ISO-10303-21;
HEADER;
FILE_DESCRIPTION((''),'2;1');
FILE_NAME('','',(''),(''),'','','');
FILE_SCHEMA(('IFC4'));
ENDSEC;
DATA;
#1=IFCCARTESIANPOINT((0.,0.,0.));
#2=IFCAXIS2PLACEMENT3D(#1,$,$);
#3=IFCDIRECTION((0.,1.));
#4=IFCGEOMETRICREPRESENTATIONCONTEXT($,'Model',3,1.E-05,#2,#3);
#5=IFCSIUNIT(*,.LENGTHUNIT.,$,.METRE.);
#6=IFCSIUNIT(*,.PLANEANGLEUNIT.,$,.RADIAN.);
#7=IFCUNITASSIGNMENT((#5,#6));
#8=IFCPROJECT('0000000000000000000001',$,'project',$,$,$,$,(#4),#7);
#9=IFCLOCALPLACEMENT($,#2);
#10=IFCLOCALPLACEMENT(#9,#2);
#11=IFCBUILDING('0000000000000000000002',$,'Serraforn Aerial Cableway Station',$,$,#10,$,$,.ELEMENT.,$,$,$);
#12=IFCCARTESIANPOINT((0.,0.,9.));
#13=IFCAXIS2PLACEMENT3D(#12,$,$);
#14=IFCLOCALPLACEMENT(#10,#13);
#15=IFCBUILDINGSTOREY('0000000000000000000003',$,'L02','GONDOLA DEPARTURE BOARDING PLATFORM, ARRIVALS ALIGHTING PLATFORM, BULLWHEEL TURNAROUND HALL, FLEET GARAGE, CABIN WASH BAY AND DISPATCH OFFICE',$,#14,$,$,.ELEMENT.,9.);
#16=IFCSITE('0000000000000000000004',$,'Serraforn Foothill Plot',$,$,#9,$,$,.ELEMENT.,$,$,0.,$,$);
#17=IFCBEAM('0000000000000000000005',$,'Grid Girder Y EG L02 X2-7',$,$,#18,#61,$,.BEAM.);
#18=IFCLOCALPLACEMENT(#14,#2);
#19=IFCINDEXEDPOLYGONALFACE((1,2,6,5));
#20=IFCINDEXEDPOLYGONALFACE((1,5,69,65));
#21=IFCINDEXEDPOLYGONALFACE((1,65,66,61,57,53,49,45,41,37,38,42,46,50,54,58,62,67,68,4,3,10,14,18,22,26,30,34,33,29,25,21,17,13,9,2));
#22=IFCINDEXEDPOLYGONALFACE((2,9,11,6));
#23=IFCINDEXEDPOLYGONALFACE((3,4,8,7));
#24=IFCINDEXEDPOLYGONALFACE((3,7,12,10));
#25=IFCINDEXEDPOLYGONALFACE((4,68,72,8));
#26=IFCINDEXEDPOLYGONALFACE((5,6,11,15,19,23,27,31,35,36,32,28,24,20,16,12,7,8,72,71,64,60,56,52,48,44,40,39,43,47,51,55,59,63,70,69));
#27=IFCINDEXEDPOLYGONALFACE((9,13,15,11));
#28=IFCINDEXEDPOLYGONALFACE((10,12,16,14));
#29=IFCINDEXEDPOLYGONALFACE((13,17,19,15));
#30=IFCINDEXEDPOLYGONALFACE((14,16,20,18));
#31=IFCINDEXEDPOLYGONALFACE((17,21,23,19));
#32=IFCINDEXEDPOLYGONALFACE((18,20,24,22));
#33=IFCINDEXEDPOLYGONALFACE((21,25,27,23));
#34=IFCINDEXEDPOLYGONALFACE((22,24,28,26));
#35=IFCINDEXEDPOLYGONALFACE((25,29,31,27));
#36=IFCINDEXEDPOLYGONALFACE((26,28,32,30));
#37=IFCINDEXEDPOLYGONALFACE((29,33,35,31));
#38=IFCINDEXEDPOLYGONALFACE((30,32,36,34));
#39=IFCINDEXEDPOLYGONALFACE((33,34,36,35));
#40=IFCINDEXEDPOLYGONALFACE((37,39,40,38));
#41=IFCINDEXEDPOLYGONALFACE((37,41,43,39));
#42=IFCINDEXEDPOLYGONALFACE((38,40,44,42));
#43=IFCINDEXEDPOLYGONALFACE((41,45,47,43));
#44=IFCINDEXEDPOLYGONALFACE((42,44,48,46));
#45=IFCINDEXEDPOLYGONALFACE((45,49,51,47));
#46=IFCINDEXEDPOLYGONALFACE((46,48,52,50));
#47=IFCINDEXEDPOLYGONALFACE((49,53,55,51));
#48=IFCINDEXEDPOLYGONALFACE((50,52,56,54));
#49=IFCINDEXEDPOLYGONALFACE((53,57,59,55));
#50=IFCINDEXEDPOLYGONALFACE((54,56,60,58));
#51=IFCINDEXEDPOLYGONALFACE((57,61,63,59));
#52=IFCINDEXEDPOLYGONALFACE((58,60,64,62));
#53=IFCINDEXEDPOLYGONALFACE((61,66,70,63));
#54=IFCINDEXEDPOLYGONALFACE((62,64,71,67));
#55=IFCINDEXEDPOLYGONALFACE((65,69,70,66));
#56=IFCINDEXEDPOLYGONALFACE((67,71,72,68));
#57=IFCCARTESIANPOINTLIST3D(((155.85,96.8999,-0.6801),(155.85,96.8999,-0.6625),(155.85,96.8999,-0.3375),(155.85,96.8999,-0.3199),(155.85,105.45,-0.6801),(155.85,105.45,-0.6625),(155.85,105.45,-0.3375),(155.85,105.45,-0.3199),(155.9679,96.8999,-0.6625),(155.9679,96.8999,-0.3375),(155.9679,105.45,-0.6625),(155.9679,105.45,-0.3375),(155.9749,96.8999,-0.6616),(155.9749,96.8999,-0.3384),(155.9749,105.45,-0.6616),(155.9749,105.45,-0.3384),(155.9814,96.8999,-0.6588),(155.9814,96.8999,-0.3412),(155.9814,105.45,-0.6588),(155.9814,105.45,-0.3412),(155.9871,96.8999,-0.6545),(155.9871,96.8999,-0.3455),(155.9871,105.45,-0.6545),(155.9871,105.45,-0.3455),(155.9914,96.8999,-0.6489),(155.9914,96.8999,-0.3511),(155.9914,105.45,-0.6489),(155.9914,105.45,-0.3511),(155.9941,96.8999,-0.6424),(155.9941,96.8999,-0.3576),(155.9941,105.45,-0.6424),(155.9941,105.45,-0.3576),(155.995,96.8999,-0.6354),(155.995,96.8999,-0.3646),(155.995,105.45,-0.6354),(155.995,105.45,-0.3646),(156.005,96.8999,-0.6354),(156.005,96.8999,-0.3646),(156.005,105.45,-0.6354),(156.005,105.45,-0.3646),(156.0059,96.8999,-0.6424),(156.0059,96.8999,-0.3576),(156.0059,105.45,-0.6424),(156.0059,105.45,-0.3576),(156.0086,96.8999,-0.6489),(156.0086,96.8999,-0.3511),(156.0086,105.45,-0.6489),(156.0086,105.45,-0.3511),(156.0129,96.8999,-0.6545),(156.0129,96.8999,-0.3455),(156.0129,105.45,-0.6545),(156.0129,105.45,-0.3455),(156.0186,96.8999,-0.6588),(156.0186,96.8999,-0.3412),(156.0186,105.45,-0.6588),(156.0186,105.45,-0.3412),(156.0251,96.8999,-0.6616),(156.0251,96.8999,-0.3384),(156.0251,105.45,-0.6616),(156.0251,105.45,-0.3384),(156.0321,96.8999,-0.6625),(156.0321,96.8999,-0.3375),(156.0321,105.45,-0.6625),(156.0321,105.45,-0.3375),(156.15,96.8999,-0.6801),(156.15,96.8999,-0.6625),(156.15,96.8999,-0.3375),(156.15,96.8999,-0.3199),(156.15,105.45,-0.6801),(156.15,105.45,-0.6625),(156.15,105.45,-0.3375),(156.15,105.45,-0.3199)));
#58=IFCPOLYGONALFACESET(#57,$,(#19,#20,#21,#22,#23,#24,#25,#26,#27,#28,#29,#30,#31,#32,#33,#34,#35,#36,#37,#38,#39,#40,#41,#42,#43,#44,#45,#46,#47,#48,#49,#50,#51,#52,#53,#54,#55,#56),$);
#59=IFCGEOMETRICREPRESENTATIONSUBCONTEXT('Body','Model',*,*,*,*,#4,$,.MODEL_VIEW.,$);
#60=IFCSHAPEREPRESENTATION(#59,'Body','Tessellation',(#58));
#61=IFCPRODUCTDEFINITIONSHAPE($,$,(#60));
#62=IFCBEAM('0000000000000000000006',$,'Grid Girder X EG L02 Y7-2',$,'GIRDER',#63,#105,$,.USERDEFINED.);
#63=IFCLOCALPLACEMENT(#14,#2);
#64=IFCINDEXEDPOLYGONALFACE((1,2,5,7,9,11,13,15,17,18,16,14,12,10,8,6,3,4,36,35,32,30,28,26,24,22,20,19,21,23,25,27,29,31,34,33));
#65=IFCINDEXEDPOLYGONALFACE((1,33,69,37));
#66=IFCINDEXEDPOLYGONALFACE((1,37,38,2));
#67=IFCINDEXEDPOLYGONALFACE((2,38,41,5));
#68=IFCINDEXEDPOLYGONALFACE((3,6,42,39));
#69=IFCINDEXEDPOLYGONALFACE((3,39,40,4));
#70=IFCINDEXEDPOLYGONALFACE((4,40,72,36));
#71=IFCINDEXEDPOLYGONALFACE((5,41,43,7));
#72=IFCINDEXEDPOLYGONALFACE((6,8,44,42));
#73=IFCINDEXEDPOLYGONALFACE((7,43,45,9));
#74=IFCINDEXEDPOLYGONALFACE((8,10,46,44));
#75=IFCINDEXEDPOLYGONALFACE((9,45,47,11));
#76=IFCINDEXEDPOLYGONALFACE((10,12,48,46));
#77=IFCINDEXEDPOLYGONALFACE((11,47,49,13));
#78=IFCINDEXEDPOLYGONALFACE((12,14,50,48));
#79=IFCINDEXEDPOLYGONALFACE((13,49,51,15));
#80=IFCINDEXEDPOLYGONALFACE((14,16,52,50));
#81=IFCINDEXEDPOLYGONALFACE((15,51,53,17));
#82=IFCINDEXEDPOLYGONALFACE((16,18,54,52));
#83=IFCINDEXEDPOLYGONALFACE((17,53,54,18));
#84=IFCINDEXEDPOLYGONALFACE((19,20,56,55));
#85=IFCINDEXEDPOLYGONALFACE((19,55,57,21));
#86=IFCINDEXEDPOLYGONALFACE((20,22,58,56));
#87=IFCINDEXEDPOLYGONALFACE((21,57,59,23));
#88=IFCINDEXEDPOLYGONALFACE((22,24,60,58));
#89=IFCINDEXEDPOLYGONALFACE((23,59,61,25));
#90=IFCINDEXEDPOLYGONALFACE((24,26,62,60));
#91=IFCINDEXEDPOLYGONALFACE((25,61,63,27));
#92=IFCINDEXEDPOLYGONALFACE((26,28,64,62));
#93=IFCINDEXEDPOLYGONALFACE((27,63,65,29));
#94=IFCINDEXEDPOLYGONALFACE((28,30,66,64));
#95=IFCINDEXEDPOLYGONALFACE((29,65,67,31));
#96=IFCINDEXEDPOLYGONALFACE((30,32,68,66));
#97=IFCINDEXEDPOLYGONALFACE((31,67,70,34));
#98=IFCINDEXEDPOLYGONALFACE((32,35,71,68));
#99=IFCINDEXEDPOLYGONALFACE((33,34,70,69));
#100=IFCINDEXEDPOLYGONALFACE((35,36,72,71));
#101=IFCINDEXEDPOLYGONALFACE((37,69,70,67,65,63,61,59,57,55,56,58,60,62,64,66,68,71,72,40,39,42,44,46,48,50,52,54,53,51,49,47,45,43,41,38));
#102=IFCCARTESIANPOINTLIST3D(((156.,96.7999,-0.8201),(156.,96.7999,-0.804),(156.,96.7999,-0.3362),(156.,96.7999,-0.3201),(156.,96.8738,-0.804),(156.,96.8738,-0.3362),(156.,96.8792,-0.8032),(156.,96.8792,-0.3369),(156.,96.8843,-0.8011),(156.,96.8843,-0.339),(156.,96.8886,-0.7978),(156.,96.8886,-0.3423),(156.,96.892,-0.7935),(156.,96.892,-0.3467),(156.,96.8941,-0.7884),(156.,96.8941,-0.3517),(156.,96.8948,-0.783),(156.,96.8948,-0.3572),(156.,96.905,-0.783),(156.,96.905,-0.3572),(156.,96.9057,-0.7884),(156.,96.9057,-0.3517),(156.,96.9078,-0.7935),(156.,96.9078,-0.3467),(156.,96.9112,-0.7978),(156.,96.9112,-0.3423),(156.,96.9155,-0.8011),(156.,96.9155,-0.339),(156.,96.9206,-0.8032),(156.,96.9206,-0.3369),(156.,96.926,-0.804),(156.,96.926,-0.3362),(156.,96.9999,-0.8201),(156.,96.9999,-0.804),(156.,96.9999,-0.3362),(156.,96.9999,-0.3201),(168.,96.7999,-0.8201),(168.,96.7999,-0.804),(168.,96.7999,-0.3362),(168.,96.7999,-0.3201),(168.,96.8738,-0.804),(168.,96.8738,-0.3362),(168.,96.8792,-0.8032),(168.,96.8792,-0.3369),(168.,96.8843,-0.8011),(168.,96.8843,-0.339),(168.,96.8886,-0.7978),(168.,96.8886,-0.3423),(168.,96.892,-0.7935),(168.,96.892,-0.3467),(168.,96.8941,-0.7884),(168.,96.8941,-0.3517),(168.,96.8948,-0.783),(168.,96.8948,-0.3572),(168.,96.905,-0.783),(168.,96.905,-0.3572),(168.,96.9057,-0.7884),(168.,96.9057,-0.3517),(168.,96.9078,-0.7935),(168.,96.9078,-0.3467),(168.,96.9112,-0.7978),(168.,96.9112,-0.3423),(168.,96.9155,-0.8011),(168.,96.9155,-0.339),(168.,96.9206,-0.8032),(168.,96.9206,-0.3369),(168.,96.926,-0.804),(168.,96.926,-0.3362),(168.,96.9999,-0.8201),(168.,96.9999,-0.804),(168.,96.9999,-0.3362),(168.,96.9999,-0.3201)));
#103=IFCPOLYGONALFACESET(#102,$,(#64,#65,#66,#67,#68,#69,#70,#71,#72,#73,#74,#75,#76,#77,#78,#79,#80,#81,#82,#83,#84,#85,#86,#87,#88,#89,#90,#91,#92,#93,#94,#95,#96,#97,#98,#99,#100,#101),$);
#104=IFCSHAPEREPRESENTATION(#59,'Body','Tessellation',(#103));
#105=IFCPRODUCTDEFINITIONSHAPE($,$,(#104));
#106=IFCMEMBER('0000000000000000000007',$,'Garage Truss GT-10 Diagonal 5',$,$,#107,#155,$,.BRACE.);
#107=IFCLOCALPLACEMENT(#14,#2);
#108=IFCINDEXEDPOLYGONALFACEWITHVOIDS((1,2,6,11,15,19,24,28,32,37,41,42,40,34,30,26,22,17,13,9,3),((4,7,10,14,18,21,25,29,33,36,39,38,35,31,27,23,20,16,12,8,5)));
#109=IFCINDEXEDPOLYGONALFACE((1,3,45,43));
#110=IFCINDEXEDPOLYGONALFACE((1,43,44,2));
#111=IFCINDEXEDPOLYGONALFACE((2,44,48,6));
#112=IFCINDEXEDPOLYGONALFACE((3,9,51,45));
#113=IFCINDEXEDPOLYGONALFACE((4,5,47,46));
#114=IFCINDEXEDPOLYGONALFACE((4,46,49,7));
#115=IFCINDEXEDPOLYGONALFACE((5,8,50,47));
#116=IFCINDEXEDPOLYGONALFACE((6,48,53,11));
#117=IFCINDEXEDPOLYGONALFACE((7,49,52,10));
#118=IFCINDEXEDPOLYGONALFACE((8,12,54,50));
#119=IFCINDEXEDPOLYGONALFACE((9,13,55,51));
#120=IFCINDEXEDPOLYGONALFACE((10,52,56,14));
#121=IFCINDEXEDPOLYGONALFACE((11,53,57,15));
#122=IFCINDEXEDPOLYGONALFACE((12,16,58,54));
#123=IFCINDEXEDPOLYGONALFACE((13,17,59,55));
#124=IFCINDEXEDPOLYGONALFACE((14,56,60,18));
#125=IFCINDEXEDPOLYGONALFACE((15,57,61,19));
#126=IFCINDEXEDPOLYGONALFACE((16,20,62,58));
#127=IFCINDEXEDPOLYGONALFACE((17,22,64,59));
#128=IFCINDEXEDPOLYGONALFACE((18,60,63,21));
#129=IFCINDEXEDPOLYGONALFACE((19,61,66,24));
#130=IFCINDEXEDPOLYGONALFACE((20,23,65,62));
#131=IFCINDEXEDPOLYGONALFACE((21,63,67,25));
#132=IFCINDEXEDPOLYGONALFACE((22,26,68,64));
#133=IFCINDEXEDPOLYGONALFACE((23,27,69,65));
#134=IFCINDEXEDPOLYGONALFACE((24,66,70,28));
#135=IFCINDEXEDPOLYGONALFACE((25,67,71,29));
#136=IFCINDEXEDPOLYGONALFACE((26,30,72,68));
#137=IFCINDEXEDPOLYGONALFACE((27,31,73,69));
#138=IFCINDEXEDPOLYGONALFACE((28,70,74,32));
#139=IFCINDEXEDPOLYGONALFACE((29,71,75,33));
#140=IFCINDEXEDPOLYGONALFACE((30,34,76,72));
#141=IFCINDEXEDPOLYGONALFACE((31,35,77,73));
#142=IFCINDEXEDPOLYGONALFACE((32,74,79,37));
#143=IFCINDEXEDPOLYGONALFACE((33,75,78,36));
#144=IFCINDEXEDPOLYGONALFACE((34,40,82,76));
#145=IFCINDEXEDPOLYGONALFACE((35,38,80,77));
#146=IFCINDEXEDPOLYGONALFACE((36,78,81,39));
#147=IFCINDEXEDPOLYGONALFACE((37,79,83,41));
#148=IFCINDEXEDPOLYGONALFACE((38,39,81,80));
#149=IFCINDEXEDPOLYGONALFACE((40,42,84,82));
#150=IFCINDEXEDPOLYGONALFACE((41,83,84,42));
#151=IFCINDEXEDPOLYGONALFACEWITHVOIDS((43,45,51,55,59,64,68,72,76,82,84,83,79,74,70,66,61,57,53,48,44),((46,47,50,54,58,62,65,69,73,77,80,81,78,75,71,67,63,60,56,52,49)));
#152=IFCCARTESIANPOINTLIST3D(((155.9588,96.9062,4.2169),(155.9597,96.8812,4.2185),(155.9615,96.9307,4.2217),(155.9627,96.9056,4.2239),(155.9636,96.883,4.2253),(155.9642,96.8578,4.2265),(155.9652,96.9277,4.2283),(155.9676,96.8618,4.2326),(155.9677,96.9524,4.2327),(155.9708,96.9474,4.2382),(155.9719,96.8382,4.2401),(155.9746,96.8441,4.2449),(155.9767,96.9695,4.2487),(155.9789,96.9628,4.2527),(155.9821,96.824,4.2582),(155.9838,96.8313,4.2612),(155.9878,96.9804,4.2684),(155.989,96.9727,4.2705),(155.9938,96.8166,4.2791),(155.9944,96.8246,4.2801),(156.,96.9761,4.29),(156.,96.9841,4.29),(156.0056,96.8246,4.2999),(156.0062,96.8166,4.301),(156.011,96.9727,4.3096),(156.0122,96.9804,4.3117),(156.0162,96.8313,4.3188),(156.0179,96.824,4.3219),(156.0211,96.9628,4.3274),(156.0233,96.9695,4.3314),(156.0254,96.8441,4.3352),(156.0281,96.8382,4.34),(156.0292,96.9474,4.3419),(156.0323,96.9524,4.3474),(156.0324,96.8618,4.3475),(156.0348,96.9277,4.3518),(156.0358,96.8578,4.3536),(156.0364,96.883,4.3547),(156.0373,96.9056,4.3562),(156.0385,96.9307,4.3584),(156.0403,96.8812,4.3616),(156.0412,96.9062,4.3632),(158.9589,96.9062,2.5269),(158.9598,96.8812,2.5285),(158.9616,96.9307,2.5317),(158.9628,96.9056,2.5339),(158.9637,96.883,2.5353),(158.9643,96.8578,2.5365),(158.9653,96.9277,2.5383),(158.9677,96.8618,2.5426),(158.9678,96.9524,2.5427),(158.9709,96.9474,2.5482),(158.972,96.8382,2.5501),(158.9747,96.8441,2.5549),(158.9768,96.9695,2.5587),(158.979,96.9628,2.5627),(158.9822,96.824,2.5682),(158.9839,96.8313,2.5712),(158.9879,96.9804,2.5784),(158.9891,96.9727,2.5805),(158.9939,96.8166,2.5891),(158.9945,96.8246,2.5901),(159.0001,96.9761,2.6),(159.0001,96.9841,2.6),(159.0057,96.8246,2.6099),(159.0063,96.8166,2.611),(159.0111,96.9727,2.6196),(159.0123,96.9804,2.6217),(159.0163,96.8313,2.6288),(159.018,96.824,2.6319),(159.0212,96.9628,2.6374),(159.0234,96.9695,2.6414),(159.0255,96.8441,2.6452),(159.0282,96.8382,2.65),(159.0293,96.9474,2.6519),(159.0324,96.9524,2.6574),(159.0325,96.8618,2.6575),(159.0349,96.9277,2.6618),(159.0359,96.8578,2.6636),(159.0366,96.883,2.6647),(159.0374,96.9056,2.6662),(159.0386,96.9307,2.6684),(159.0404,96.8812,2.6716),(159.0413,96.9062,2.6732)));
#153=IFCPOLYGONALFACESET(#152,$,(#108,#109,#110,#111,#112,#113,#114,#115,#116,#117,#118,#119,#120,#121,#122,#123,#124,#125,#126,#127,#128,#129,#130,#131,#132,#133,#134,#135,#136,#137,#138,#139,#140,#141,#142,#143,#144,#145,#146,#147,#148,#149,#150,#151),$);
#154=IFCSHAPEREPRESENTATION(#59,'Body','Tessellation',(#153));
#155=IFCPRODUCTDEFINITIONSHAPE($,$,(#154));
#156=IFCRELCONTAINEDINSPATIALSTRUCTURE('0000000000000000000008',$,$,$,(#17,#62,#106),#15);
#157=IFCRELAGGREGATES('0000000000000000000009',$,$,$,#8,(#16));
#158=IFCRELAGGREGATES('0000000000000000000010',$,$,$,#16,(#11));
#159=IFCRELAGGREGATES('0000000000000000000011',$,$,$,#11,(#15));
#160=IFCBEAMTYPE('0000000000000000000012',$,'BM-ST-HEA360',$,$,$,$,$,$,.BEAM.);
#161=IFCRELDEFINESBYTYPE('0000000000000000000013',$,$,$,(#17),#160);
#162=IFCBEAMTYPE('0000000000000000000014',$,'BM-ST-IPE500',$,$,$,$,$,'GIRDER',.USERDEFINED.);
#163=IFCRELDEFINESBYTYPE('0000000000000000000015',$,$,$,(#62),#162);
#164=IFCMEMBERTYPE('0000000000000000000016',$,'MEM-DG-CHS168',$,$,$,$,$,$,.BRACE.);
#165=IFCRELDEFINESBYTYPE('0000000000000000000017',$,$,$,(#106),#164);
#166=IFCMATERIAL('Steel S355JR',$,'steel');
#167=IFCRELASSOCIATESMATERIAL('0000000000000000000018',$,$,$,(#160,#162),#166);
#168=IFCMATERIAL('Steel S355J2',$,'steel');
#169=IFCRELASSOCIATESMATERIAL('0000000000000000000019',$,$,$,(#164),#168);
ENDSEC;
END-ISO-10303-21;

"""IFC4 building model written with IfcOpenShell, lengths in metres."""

from ifc_helpers import new_model, si_unit, direction, frame, origin, origin_2d, place, context, subcontext, project, spatial, hollow_circle, i_section, extrude, material, material_profile, profile_set, type_object, element, save


model = new_model("IFC4")

# Units and contexts
model_context = context("Model", 3, precision=1e-05, world=origin(), true_north=direction((0.0, 1.0)))
body_context = subcontext(model_context, "Body", "Model", "MODEL_VIEW")
ifc_project = project(units=[si_unit("LENGTHUNIT", "METRE"), si_unit("PLANEANGLEUNIT", "RADIAN")], contexts=[model_context])

# Site, building, storey
site_placement = place(None, origin())
site = spatial("IfcSite", under=ifc_project, at=site_placement, Name="Serraforn Foothill Plot", CompositionType="ELEMENT", RefElevation=0.0)
building_placement = place(site_placement, origin())
building = spatial("IfcBuilding", under=site, at=building_placement, Name="Serraforn Aerial Cableway Station", CompositionType="ELEMENT")
storey_placement = place(building_placement, frame((0.0, 0.0, 9.0)))
storey = spatial("IfcBuildingStorey", under=building, at=storey_placement, Name="L02", Description="GONDOLA DEPARTURE BOARDING PLATFORM, ARRIVALS ALIGHTING PLATFORM, BULLWHEEL TURNAROUND HALL, FLEET GARAGE, CABIN WASH BAY AND DISPATCH OFFICE", CompositionType="ELEMENT", Elevation=9.0)

# Beams
ifc_material_1 = material(Name="Steel S355JR", Category="steel")
ifc_material_profile_1 = material_profile(ifc_material_1, i_section(OverallWidth=0.3, OverallDepth=0.3601, WebThickness=0.01, FlangeThickness=0.0176, FilletRadius=0.0271, at=origin_2d()), Name="HEA 360")
ifc_profile_set_1 = profile_set([ifc_material_profile_1], Name="Steel S355JR")
beam_type_1 = type_object("IfcBeamType", Name="BM-ST-HEA360", PredefinedType="BEAM", material=ifc_profile_set_1)
beam_1_placement = place(storey_placement, frame((156.0, 96.8999, -0.5), z_axis=(0.0, 1.0, 0.0), x_axis=(-1.0, 0.0, 0.0)))
element("IfcBeam", 1, at=beam_1_placement, inside=storey, type_object=beam_type_1, Name="Grid Girder Y EG L02 X2-7", PredefinedType="BEAM", context=body_context, shape_type="SweptSolid", body=[
    extrude(i_section(OverallWidth=0.3, OverallDepth=0.3601, WebThickness=0.01, FlangeThickness=0.0176, FilletRadius=0.0271, at=origin_2d()), origin(), (0.0, 0.0, 1.0), 8.55),
])
ifc_material_profile_2 = material_profile(ifc_material_1, i_section(OverallWidth=0.2, OverallDepth=0.5, WebThickness=0.0103, FlangeThickness=0.0161, FilletRadius=0.021, at=origin_2d()), Name="IPE 500")
ifc_profile_set_2 = profile_set([ifc_material_profile_2], Name="Steel S355JR")
beam_type_2 = type_object("IfcBeamType", Name="BM-ST-IPE500", ElementType="GIRDER", PredefinedType="USERDEFINED", material=ifc_profile_set_2)
beam_2_placement = place(storey_placement, frame((156.0, 96.8999, -0.5701), z_axis=(1.0, 0.0, 0.0), x_axis=(0.0, 1.0, 0.0)))
element("IfcBeam", 2, at=beam_2_placement, inside=storey, type_object=beam_type_2, Name="Grid Girder X EG L02 Y7-2", ObjectType="GIRDER", PredefinedType="USERDEFINED", context=body_context, shape_type="SweptSolid", body=[
    extrude(i_section(OverallWidth=0.2, OverallDepth=0.5, WebThickness=0.0103, FlangeThickness=0.0161, FilletRadius=0.021, at=origin_2d()), origin(), (0.0, 0.0, 1.0), 12.0),
])

# Member
ifc_material_2 = material(Name="Steel S355J2", Category="steel")
ifc_material_profile_3 = material_profile(ifc_material_2, hollow_circle(Radius=0.0842, WallThickness=0.0081, at=origin_2d()), Name="CHS 168.3x8.0")
ifc_profile_set_3 = profile_set([ifc_material_profile_3], Name="Steel S355J2")
member_type_1 = type_object("IfcMemberType", Name="MEM-DG-CHS168", PredefinedType="BRACE", material=ifc_profile_set_3)
for number, where, z_axis, x_axis, name in (
    (3, (156.0, 96.8999, 4.29), (0.871272, 0.0, -0.4908), (0.0, 1.0, 0.0), "Garage Truss GT-10 Diagonal 5"),
):
    element("IfcMember", number, at=place(storey_placement, frame(where, z_axis=z_axis, x_axis=x_axis)), inside=storey, type_object=member_type_1, Name=name, PredefinedType="BRACE", context=body_context, shape_type="SweptSolid", body=[
        extrude(hollow_circle(Radius=0.0842, WallThickness=0.0081, at=origin_2d()), origin(), (0.0, 0.0, 1.0), 3.4434),
    ])

save(model, "model.ifc")
